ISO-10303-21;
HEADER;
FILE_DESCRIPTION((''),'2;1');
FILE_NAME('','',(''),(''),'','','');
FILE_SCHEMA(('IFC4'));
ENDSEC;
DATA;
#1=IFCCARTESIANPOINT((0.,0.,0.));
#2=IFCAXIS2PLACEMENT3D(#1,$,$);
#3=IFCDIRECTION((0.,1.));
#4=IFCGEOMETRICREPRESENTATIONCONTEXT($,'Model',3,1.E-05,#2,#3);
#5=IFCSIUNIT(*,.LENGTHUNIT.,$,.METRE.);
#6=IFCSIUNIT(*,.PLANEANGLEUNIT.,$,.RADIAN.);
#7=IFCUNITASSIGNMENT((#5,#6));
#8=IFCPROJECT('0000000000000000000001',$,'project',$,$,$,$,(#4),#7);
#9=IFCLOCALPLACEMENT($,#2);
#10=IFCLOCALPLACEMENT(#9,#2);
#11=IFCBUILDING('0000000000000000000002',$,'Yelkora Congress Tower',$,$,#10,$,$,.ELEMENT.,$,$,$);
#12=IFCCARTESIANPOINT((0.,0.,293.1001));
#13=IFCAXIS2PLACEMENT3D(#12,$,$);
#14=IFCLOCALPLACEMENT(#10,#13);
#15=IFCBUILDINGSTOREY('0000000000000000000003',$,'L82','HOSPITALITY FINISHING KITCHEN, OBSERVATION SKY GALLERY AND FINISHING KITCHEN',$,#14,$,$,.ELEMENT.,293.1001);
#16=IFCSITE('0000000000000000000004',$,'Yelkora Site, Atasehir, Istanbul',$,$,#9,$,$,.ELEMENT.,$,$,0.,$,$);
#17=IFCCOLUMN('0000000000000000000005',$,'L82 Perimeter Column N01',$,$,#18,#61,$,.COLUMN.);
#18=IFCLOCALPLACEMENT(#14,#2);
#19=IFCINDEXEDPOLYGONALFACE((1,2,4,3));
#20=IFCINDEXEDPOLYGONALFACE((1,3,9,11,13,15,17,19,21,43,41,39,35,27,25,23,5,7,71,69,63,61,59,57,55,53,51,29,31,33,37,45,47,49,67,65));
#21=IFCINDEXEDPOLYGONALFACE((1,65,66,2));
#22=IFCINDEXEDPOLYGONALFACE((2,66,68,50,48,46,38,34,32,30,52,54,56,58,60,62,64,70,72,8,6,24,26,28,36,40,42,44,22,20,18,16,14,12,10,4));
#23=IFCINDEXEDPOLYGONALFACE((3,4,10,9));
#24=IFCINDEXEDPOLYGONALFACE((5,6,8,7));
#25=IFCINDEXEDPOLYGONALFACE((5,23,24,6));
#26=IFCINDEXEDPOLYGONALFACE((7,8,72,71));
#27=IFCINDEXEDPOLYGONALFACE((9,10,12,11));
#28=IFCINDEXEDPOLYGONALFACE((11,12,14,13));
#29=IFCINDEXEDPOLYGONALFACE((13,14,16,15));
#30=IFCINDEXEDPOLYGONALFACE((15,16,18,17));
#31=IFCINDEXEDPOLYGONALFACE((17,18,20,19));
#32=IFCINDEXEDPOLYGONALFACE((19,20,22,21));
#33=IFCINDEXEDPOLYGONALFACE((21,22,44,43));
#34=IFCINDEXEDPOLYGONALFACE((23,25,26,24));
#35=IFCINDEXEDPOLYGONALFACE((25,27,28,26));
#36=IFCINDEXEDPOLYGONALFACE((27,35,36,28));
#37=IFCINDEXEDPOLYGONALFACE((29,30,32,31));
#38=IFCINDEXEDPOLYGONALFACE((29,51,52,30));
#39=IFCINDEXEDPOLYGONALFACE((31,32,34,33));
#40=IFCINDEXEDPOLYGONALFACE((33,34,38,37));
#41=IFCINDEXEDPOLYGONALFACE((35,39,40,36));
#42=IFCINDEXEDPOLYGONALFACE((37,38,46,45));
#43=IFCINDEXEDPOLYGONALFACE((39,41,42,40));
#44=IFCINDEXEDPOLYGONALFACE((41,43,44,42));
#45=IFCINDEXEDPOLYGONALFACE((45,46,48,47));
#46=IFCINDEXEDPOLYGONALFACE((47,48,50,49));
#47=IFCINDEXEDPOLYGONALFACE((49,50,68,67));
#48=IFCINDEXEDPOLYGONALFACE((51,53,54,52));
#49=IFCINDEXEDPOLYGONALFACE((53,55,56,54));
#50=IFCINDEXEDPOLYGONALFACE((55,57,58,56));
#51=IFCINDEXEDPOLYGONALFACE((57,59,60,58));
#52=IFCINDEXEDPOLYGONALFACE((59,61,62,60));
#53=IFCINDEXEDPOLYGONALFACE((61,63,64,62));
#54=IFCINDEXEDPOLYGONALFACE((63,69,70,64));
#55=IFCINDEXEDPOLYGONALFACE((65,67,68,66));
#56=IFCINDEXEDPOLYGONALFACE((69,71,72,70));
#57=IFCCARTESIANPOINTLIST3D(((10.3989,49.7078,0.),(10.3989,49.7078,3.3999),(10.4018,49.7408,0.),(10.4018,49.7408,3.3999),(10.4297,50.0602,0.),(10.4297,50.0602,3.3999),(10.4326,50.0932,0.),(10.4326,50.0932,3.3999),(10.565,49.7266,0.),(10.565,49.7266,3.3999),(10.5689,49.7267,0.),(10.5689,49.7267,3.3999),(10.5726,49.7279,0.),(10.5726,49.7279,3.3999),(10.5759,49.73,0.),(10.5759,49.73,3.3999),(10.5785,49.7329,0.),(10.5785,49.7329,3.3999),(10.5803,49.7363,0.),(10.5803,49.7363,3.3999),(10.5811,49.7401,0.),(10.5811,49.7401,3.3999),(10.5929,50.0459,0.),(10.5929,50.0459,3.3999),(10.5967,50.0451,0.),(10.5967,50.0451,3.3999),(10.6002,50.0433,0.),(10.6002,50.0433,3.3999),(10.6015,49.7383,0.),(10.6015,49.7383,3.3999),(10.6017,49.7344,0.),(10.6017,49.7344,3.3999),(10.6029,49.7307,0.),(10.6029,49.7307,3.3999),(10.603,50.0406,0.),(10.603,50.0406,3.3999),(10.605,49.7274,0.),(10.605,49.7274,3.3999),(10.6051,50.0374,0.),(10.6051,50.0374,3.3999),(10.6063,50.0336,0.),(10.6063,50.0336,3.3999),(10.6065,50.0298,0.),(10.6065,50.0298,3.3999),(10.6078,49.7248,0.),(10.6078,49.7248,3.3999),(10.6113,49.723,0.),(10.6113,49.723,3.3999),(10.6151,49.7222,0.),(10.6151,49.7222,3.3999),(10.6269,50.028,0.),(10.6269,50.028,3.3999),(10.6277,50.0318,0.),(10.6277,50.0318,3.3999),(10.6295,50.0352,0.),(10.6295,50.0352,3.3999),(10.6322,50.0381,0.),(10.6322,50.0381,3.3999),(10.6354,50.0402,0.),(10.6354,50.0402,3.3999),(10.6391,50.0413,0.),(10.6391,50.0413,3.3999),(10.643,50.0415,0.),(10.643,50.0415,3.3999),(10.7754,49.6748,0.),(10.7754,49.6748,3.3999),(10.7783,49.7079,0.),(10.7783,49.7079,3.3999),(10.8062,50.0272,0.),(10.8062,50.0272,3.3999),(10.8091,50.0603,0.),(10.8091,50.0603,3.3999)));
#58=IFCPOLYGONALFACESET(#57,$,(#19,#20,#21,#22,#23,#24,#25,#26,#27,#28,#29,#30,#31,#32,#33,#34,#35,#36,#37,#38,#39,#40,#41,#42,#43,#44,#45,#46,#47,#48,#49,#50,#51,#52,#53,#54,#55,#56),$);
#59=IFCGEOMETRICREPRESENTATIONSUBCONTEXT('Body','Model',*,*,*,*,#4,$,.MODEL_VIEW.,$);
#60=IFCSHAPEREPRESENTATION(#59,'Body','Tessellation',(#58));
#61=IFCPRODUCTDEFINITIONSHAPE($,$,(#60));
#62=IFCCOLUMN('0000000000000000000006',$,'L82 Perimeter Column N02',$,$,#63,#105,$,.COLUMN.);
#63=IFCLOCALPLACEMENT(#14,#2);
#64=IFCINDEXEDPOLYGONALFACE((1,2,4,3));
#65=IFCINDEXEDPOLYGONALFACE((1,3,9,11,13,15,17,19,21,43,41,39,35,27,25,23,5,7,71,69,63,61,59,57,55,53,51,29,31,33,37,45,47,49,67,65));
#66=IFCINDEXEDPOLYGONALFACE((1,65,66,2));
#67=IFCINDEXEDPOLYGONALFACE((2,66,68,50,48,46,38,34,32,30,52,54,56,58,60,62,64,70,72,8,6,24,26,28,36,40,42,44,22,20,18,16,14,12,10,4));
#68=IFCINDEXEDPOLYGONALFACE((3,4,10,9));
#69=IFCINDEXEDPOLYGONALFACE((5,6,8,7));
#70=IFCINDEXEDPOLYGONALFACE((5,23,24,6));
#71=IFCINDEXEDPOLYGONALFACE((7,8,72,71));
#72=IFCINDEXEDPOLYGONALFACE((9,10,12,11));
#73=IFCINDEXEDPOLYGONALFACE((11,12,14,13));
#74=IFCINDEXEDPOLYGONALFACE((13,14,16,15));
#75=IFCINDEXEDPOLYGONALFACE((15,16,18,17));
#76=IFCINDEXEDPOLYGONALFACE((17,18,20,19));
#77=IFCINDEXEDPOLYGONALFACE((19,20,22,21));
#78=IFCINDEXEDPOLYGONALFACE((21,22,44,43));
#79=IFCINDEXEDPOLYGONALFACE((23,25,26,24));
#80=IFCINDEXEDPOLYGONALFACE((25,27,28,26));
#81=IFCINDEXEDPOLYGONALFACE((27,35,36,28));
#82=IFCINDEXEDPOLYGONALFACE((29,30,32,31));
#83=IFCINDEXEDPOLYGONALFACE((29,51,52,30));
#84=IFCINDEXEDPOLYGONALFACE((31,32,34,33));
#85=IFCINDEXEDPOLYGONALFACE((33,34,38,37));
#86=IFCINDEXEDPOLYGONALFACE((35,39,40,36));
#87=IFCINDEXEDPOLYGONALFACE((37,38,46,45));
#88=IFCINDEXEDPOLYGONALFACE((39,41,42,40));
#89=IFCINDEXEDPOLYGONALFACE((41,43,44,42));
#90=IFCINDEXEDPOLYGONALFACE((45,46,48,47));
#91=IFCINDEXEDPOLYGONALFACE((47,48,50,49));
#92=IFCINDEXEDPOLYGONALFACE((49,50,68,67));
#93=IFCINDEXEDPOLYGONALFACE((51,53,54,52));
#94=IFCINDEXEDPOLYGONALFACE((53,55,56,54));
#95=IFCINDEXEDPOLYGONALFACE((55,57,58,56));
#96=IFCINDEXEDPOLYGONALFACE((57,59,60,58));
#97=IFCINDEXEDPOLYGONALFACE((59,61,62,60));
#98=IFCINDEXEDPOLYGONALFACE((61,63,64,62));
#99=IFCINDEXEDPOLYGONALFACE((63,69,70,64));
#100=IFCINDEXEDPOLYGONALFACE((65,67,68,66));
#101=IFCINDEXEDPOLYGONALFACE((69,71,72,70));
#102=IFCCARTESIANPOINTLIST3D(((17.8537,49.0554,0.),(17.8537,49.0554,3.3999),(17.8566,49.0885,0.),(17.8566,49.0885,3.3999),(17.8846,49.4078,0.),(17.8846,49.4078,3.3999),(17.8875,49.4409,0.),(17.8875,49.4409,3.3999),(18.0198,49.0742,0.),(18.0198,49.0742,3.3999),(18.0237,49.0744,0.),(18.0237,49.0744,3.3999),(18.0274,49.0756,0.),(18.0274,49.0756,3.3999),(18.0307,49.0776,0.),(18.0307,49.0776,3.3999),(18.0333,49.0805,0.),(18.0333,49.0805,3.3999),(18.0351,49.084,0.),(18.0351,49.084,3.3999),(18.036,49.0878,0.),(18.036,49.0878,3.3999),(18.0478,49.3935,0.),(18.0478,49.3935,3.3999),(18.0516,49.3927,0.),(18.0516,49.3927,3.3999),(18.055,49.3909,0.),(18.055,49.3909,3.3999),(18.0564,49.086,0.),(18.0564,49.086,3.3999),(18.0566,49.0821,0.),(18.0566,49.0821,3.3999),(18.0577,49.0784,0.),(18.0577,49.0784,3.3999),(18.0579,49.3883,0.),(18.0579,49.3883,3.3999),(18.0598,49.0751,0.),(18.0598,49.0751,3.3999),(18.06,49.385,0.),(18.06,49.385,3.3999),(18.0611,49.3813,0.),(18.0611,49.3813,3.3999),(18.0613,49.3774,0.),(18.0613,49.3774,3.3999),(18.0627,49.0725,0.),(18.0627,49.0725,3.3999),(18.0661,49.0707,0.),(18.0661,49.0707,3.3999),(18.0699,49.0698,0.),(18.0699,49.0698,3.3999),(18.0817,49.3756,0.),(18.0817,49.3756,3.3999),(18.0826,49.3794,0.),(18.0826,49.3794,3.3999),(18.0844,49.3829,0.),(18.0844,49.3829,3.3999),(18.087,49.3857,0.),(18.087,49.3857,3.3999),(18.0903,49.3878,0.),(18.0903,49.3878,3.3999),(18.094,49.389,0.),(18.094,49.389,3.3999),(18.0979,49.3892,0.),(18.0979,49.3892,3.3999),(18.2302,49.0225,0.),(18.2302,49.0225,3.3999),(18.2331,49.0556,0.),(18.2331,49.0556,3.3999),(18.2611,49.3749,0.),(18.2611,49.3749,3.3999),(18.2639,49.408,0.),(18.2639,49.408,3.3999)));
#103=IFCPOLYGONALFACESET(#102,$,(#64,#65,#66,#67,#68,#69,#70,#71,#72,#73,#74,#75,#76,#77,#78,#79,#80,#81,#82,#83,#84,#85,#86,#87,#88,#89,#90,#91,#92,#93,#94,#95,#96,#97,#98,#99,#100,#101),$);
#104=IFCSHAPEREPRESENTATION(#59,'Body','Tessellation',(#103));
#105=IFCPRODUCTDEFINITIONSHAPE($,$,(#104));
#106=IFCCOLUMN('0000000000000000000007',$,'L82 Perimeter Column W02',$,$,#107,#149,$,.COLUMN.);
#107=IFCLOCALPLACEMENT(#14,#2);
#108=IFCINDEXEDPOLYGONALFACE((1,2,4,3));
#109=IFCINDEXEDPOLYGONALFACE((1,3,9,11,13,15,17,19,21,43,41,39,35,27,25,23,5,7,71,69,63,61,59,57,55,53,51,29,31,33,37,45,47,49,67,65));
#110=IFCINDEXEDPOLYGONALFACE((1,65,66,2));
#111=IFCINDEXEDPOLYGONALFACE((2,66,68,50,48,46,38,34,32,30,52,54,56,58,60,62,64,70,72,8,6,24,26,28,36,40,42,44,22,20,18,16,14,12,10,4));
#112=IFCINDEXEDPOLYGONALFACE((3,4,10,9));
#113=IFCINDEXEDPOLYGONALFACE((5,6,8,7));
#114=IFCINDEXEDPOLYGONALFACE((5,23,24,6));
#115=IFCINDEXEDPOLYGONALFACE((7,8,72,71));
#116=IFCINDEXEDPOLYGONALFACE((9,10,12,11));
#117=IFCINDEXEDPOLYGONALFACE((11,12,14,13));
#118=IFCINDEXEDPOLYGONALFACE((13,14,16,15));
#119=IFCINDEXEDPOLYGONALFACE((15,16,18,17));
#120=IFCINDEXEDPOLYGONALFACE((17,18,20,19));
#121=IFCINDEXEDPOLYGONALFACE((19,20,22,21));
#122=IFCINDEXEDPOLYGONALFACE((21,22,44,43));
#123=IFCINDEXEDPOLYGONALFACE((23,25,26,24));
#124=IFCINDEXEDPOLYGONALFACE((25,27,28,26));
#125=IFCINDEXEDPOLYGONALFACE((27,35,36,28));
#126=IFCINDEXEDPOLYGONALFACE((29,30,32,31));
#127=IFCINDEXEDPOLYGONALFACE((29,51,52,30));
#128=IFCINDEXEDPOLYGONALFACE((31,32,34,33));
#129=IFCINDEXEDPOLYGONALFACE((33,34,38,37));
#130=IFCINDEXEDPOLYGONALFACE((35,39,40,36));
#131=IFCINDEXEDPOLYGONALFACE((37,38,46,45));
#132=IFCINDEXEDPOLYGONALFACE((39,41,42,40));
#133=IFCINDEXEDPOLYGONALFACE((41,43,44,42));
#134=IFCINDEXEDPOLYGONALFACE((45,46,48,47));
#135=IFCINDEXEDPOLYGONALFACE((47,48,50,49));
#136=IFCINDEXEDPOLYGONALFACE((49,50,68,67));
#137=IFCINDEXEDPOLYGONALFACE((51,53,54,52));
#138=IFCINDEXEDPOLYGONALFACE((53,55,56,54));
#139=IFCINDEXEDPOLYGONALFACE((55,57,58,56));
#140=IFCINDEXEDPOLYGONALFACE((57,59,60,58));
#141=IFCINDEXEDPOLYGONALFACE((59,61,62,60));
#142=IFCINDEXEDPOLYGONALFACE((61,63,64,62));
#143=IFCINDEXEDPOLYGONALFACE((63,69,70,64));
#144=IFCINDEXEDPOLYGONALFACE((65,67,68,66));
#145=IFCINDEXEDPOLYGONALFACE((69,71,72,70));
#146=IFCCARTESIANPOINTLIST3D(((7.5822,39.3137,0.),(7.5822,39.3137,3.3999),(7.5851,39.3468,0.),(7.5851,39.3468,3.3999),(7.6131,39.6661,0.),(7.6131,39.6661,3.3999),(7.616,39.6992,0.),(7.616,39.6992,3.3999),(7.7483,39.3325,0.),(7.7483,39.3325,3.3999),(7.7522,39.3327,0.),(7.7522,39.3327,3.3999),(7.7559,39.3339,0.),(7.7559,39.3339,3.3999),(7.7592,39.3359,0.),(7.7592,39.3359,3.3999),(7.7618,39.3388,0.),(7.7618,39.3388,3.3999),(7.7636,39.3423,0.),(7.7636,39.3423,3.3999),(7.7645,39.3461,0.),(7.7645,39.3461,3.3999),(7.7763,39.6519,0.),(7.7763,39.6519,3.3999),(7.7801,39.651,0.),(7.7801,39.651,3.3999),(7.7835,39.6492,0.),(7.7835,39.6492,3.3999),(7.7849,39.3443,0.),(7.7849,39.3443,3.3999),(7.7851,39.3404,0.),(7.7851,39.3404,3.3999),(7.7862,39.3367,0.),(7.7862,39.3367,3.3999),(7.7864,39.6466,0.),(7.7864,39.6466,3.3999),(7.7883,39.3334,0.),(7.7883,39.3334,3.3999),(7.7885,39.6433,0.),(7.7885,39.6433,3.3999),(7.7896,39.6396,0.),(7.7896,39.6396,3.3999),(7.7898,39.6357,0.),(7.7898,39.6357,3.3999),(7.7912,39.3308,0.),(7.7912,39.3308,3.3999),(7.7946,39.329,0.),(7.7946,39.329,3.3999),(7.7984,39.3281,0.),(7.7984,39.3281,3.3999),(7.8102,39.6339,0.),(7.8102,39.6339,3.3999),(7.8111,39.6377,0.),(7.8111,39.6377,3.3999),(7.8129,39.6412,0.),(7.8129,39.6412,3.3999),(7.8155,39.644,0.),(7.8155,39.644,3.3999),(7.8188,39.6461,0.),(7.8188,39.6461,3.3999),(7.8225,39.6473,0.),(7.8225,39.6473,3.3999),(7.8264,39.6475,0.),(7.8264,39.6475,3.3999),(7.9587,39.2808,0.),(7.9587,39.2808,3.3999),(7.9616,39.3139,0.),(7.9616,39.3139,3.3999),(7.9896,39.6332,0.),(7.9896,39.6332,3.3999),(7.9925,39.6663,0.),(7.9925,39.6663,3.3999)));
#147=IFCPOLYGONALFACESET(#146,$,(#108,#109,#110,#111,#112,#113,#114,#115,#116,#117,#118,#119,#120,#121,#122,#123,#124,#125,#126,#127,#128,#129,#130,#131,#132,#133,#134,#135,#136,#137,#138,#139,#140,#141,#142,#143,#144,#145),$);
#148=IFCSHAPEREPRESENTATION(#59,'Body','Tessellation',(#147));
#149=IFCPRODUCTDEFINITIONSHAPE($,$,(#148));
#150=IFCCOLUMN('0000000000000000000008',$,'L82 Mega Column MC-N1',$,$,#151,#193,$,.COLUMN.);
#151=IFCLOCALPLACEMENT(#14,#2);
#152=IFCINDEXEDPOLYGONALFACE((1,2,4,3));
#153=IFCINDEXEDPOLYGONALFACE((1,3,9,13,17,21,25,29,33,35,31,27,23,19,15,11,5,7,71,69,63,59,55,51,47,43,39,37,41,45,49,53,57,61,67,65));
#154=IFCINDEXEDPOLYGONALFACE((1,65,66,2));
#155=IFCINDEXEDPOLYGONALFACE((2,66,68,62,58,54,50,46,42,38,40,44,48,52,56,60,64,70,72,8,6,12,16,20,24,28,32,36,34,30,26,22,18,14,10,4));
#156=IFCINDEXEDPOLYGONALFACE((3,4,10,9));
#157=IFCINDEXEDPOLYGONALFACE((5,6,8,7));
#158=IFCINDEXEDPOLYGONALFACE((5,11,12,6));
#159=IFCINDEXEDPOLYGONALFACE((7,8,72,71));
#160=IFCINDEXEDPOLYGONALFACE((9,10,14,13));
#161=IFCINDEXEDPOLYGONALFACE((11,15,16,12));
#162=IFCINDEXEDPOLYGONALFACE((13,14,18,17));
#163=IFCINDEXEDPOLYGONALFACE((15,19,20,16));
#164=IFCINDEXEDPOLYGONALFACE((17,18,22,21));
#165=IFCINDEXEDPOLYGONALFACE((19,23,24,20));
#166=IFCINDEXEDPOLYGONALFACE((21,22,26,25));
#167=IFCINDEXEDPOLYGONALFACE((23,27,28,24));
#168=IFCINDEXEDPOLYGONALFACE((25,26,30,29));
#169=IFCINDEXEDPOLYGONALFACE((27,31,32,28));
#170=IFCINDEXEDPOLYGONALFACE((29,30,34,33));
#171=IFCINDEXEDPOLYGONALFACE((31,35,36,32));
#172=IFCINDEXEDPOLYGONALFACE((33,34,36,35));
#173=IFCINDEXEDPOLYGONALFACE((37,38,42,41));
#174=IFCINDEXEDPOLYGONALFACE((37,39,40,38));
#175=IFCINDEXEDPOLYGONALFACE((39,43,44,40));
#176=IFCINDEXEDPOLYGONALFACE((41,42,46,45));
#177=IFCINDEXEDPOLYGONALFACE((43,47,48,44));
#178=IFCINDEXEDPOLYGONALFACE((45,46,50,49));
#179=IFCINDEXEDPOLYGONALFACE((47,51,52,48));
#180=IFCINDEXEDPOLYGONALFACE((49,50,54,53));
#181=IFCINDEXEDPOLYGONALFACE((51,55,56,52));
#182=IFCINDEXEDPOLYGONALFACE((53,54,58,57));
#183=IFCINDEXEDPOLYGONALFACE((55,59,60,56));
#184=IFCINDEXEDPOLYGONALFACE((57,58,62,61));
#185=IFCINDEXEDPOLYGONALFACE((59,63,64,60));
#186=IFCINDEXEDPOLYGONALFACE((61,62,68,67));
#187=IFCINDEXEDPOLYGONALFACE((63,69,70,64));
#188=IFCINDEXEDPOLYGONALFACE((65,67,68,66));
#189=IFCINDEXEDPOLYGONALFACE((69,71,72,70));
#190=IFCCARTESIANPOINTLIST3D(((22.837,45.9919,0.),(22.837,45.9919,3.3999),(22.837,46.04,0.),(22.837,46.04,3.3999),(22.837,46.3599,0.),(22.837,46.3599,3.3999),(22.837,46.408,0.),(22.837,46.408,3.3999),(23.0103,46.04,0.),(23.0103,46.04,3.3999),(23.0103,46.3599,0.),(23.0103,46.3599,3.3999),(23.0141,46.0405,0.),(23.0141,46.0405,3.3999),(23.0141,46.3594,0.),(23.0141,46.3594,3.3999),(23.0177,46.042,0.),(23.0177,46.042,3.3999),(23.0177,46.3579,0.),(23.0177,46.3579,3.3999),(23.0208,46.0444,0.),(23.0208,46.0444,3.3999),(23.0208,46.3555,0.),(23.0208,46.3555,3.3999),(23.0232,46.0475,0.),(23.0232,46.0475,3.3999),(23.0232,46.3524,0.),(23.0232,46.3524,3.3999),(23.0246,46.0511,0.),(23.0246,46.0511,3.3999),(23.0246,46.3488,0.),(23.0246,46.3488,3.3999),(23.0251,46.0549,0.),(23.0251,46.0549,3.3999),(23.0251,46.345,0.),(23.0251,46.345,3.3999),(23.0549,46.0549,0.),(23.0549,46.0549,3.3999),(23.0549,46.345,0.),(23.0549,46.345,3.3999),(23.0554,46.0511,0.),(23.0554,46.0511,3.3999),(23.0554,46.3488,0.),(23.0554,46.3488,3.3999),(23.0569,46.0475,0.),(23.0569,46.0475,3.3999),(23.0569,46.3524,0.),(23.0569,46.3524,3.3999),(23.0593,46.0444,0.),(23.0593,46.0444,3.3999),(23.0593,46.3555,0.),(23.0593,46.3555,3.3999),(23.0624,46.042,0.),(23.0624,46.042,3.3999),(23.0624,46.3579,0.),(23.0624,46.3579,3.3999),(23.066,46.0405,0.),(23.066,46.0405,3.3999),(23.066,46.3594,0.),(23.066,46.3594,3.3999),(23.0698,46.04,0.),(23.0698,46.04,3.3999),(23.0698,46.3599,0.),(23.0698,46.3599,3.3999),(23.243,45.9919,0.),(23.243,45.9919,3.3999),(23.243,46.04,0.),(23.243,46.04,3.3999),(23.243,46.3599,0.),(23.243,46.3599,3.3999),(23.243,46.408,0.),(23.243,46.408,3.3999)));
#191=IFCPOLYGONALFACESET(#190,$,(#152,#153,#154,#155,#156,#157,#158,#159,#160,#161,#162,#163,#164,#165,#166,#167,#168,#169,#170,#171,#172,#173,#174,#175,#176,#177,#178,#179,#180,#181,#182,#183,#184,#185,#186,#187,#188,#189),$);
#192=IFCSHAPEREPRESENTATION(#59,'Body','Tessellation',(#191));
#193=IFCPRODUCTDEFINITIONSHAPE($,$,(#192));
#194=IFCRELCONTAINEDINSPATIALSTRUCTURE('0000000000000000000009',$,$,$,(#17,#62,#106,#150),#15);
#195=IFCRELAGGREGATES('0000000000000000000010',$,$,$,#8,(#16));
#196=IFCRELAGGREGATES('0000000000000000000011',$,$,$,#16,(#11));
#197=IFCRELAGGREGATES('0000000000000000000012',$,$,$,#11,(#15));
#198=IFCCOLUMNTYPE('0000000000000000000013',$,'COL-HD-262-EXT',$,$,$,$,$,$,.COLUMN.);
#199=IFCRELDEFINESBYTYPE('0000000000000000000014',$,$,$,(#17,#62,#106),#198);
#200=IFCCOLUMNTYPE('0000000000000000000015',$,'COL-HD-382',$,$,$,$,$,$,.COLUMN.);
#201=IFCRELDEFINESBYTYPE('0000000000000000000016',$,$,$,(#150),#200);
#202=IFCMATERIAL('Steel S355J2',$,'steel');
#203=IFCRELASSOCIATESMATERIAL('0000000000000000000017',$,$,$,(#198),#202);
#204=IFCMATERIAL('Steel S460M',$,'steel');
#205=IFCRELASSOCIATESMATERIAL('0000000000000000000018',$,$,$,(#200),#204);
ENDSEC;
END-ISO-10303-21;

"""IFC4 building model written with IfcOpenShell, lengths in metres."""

from ifc_helpers import new_model, si_unit, direction, frame, origin, origin_2d, place, context, subcontext, project, spatial, i_section, extrude, material, material_profile, profile_set, type_object, element, save


model = new_model("IFC4")

# Units and contexts
model_context = context("Model", 3, precision=1e-05, world=origin(), true_north=direction((0.0, 1.0)))
body_context = subcontext(model_context, "Body", "Model", "MODEL_VIEW")
ifc_project = project(units=[si_unit("LENGTHUNIT", "METRE"), si_unit("PLANEANGLEUNIT", "RADIAN")], contexts=[model_context])

# Site, building, storey
site_placement = place(None, origin())
site = spatial("IfcSite", under=ifc_project, at=site_placement, Name="Yelkora Site, Atasehir, Istanbul", CompositionType="ELEMENT", RefElevation=0.0)
building_placement = place(site_placement, origin())
building = spatial("IfcBuilding", under=site, at=building_placement, Name="Yelkora Congress Tower", CompositionType="ELEMENT")
storey_placement = place(building_placement, frame((0.0, 0.0, 293.1001)))
storey = spatial("IfcBuildingStorey", under=building, at=storey_placement, Name="L82", Description="HOSPITALITY FINISHING KITCHEN, OBSERVATION SKY GALLERY AND FINISHING KITCHEN", CompositionType="ELEMENT", Elevation=293.1001)

# Columns
ifc_material_1 = material(Name="Steel S355J2", Category="steel")
ifc_material_profile_1 = material_profile(ifc_material_1, i_section(OverallWidth=0.3779, OverallDepth=0.387, WebThickness=0.0205, FlangeThickness=0.0332, FilletRadius=0.0149, at=origin_2d()), Name="HD 360x262")
ifc_profile_set_1 = profile_set([ifc_material_profile_1], Name="Steel S355J2")
column_type_1 = type_object("IfcColumnType", Name="COL-HD-262-EXT", PredefinedType="COLUMN", material=ifc_profile_set_1)
for number, where, z_axis, x_axis, name in (
    (1, (10.604, 49.884, 0.0), (0.0, 0.0, 1.0), (0.996195, -0.087156, 0.0), "L82 Perimeter Column N01"),
    (2, (18.0588, 49.2317, 0.0), (0.0, 0.0, 1.0), (0.996195, -0.087156, 0.0), "L82 Perimeter Column N02"),
    (3, (7.7874, 39.49, 0.0), (0.0, 0.0, 1.0), (0.996195, -0.087156, 0.0), "L82 Perimeter Column W02"),
):
    element("IfcColumn", number, at=place(storey_placement, frame(where, z_axis=z_axis, x_axis=x_axis)), inside=storey, type_object=column_type_1, Name=name, PredefinedType="COLUMN", context=body_context, shape_type="SweptSolid", body=[
        extrude(i_section(OverallWidth=0.3779, OverallDepth=0.387, WebThickness=0.0205, FlangeThickness=0.0332, FilletRadius=0.0149, at=origin_2d()), origin(), (0.0, 0.0, 1.0), 3.3999),
    ])
ifc_material_2 = material(Name="Steel S460M", Category="steel")
ifc_material_profile_2 = material_profile(ifc_material_2, i_section(OverallWidth=0.406, OverallDepth=0.416, WebThickness=0.0298, FlangeThickness=0.0481, FilletRadius=0.0149, at=origin_2d()), Name="HD 400x382")
ifc_profile_set_2 = profile_set([ifc_material_profile_2], Name="Steel S460M")
column_type_2 = type_object("IfcColumnType", Name="COL-HD-382", PredefinedType="COLUMN", material=ifc_profile_set_2)
column_placement = place(storey_placement, frame((23.04, 46.2, 0.0), z_axis=(0.0, 0.0, 1.0), x_axis=(1.0, 0.0, 0.0)))
element("IfcColumn", 4, at=column_placement, inside=storey, type_object=column_type_2, Name="L82 Mega Column MC-N1", PredefinedType="COLUMN", context=body_context, shape_type="SweptSolid", body=[
    extrude(i_section(OverallWidth=0.406, OverallDepth=0.416, WebThickness=0.0298, FlangeThickness=0.0481, FilletRadius=0.0149, at=origin_2d()), origin(), (0.0, 0.0, 1.0), 3.3999),
])

save(model, "model.ifc")
